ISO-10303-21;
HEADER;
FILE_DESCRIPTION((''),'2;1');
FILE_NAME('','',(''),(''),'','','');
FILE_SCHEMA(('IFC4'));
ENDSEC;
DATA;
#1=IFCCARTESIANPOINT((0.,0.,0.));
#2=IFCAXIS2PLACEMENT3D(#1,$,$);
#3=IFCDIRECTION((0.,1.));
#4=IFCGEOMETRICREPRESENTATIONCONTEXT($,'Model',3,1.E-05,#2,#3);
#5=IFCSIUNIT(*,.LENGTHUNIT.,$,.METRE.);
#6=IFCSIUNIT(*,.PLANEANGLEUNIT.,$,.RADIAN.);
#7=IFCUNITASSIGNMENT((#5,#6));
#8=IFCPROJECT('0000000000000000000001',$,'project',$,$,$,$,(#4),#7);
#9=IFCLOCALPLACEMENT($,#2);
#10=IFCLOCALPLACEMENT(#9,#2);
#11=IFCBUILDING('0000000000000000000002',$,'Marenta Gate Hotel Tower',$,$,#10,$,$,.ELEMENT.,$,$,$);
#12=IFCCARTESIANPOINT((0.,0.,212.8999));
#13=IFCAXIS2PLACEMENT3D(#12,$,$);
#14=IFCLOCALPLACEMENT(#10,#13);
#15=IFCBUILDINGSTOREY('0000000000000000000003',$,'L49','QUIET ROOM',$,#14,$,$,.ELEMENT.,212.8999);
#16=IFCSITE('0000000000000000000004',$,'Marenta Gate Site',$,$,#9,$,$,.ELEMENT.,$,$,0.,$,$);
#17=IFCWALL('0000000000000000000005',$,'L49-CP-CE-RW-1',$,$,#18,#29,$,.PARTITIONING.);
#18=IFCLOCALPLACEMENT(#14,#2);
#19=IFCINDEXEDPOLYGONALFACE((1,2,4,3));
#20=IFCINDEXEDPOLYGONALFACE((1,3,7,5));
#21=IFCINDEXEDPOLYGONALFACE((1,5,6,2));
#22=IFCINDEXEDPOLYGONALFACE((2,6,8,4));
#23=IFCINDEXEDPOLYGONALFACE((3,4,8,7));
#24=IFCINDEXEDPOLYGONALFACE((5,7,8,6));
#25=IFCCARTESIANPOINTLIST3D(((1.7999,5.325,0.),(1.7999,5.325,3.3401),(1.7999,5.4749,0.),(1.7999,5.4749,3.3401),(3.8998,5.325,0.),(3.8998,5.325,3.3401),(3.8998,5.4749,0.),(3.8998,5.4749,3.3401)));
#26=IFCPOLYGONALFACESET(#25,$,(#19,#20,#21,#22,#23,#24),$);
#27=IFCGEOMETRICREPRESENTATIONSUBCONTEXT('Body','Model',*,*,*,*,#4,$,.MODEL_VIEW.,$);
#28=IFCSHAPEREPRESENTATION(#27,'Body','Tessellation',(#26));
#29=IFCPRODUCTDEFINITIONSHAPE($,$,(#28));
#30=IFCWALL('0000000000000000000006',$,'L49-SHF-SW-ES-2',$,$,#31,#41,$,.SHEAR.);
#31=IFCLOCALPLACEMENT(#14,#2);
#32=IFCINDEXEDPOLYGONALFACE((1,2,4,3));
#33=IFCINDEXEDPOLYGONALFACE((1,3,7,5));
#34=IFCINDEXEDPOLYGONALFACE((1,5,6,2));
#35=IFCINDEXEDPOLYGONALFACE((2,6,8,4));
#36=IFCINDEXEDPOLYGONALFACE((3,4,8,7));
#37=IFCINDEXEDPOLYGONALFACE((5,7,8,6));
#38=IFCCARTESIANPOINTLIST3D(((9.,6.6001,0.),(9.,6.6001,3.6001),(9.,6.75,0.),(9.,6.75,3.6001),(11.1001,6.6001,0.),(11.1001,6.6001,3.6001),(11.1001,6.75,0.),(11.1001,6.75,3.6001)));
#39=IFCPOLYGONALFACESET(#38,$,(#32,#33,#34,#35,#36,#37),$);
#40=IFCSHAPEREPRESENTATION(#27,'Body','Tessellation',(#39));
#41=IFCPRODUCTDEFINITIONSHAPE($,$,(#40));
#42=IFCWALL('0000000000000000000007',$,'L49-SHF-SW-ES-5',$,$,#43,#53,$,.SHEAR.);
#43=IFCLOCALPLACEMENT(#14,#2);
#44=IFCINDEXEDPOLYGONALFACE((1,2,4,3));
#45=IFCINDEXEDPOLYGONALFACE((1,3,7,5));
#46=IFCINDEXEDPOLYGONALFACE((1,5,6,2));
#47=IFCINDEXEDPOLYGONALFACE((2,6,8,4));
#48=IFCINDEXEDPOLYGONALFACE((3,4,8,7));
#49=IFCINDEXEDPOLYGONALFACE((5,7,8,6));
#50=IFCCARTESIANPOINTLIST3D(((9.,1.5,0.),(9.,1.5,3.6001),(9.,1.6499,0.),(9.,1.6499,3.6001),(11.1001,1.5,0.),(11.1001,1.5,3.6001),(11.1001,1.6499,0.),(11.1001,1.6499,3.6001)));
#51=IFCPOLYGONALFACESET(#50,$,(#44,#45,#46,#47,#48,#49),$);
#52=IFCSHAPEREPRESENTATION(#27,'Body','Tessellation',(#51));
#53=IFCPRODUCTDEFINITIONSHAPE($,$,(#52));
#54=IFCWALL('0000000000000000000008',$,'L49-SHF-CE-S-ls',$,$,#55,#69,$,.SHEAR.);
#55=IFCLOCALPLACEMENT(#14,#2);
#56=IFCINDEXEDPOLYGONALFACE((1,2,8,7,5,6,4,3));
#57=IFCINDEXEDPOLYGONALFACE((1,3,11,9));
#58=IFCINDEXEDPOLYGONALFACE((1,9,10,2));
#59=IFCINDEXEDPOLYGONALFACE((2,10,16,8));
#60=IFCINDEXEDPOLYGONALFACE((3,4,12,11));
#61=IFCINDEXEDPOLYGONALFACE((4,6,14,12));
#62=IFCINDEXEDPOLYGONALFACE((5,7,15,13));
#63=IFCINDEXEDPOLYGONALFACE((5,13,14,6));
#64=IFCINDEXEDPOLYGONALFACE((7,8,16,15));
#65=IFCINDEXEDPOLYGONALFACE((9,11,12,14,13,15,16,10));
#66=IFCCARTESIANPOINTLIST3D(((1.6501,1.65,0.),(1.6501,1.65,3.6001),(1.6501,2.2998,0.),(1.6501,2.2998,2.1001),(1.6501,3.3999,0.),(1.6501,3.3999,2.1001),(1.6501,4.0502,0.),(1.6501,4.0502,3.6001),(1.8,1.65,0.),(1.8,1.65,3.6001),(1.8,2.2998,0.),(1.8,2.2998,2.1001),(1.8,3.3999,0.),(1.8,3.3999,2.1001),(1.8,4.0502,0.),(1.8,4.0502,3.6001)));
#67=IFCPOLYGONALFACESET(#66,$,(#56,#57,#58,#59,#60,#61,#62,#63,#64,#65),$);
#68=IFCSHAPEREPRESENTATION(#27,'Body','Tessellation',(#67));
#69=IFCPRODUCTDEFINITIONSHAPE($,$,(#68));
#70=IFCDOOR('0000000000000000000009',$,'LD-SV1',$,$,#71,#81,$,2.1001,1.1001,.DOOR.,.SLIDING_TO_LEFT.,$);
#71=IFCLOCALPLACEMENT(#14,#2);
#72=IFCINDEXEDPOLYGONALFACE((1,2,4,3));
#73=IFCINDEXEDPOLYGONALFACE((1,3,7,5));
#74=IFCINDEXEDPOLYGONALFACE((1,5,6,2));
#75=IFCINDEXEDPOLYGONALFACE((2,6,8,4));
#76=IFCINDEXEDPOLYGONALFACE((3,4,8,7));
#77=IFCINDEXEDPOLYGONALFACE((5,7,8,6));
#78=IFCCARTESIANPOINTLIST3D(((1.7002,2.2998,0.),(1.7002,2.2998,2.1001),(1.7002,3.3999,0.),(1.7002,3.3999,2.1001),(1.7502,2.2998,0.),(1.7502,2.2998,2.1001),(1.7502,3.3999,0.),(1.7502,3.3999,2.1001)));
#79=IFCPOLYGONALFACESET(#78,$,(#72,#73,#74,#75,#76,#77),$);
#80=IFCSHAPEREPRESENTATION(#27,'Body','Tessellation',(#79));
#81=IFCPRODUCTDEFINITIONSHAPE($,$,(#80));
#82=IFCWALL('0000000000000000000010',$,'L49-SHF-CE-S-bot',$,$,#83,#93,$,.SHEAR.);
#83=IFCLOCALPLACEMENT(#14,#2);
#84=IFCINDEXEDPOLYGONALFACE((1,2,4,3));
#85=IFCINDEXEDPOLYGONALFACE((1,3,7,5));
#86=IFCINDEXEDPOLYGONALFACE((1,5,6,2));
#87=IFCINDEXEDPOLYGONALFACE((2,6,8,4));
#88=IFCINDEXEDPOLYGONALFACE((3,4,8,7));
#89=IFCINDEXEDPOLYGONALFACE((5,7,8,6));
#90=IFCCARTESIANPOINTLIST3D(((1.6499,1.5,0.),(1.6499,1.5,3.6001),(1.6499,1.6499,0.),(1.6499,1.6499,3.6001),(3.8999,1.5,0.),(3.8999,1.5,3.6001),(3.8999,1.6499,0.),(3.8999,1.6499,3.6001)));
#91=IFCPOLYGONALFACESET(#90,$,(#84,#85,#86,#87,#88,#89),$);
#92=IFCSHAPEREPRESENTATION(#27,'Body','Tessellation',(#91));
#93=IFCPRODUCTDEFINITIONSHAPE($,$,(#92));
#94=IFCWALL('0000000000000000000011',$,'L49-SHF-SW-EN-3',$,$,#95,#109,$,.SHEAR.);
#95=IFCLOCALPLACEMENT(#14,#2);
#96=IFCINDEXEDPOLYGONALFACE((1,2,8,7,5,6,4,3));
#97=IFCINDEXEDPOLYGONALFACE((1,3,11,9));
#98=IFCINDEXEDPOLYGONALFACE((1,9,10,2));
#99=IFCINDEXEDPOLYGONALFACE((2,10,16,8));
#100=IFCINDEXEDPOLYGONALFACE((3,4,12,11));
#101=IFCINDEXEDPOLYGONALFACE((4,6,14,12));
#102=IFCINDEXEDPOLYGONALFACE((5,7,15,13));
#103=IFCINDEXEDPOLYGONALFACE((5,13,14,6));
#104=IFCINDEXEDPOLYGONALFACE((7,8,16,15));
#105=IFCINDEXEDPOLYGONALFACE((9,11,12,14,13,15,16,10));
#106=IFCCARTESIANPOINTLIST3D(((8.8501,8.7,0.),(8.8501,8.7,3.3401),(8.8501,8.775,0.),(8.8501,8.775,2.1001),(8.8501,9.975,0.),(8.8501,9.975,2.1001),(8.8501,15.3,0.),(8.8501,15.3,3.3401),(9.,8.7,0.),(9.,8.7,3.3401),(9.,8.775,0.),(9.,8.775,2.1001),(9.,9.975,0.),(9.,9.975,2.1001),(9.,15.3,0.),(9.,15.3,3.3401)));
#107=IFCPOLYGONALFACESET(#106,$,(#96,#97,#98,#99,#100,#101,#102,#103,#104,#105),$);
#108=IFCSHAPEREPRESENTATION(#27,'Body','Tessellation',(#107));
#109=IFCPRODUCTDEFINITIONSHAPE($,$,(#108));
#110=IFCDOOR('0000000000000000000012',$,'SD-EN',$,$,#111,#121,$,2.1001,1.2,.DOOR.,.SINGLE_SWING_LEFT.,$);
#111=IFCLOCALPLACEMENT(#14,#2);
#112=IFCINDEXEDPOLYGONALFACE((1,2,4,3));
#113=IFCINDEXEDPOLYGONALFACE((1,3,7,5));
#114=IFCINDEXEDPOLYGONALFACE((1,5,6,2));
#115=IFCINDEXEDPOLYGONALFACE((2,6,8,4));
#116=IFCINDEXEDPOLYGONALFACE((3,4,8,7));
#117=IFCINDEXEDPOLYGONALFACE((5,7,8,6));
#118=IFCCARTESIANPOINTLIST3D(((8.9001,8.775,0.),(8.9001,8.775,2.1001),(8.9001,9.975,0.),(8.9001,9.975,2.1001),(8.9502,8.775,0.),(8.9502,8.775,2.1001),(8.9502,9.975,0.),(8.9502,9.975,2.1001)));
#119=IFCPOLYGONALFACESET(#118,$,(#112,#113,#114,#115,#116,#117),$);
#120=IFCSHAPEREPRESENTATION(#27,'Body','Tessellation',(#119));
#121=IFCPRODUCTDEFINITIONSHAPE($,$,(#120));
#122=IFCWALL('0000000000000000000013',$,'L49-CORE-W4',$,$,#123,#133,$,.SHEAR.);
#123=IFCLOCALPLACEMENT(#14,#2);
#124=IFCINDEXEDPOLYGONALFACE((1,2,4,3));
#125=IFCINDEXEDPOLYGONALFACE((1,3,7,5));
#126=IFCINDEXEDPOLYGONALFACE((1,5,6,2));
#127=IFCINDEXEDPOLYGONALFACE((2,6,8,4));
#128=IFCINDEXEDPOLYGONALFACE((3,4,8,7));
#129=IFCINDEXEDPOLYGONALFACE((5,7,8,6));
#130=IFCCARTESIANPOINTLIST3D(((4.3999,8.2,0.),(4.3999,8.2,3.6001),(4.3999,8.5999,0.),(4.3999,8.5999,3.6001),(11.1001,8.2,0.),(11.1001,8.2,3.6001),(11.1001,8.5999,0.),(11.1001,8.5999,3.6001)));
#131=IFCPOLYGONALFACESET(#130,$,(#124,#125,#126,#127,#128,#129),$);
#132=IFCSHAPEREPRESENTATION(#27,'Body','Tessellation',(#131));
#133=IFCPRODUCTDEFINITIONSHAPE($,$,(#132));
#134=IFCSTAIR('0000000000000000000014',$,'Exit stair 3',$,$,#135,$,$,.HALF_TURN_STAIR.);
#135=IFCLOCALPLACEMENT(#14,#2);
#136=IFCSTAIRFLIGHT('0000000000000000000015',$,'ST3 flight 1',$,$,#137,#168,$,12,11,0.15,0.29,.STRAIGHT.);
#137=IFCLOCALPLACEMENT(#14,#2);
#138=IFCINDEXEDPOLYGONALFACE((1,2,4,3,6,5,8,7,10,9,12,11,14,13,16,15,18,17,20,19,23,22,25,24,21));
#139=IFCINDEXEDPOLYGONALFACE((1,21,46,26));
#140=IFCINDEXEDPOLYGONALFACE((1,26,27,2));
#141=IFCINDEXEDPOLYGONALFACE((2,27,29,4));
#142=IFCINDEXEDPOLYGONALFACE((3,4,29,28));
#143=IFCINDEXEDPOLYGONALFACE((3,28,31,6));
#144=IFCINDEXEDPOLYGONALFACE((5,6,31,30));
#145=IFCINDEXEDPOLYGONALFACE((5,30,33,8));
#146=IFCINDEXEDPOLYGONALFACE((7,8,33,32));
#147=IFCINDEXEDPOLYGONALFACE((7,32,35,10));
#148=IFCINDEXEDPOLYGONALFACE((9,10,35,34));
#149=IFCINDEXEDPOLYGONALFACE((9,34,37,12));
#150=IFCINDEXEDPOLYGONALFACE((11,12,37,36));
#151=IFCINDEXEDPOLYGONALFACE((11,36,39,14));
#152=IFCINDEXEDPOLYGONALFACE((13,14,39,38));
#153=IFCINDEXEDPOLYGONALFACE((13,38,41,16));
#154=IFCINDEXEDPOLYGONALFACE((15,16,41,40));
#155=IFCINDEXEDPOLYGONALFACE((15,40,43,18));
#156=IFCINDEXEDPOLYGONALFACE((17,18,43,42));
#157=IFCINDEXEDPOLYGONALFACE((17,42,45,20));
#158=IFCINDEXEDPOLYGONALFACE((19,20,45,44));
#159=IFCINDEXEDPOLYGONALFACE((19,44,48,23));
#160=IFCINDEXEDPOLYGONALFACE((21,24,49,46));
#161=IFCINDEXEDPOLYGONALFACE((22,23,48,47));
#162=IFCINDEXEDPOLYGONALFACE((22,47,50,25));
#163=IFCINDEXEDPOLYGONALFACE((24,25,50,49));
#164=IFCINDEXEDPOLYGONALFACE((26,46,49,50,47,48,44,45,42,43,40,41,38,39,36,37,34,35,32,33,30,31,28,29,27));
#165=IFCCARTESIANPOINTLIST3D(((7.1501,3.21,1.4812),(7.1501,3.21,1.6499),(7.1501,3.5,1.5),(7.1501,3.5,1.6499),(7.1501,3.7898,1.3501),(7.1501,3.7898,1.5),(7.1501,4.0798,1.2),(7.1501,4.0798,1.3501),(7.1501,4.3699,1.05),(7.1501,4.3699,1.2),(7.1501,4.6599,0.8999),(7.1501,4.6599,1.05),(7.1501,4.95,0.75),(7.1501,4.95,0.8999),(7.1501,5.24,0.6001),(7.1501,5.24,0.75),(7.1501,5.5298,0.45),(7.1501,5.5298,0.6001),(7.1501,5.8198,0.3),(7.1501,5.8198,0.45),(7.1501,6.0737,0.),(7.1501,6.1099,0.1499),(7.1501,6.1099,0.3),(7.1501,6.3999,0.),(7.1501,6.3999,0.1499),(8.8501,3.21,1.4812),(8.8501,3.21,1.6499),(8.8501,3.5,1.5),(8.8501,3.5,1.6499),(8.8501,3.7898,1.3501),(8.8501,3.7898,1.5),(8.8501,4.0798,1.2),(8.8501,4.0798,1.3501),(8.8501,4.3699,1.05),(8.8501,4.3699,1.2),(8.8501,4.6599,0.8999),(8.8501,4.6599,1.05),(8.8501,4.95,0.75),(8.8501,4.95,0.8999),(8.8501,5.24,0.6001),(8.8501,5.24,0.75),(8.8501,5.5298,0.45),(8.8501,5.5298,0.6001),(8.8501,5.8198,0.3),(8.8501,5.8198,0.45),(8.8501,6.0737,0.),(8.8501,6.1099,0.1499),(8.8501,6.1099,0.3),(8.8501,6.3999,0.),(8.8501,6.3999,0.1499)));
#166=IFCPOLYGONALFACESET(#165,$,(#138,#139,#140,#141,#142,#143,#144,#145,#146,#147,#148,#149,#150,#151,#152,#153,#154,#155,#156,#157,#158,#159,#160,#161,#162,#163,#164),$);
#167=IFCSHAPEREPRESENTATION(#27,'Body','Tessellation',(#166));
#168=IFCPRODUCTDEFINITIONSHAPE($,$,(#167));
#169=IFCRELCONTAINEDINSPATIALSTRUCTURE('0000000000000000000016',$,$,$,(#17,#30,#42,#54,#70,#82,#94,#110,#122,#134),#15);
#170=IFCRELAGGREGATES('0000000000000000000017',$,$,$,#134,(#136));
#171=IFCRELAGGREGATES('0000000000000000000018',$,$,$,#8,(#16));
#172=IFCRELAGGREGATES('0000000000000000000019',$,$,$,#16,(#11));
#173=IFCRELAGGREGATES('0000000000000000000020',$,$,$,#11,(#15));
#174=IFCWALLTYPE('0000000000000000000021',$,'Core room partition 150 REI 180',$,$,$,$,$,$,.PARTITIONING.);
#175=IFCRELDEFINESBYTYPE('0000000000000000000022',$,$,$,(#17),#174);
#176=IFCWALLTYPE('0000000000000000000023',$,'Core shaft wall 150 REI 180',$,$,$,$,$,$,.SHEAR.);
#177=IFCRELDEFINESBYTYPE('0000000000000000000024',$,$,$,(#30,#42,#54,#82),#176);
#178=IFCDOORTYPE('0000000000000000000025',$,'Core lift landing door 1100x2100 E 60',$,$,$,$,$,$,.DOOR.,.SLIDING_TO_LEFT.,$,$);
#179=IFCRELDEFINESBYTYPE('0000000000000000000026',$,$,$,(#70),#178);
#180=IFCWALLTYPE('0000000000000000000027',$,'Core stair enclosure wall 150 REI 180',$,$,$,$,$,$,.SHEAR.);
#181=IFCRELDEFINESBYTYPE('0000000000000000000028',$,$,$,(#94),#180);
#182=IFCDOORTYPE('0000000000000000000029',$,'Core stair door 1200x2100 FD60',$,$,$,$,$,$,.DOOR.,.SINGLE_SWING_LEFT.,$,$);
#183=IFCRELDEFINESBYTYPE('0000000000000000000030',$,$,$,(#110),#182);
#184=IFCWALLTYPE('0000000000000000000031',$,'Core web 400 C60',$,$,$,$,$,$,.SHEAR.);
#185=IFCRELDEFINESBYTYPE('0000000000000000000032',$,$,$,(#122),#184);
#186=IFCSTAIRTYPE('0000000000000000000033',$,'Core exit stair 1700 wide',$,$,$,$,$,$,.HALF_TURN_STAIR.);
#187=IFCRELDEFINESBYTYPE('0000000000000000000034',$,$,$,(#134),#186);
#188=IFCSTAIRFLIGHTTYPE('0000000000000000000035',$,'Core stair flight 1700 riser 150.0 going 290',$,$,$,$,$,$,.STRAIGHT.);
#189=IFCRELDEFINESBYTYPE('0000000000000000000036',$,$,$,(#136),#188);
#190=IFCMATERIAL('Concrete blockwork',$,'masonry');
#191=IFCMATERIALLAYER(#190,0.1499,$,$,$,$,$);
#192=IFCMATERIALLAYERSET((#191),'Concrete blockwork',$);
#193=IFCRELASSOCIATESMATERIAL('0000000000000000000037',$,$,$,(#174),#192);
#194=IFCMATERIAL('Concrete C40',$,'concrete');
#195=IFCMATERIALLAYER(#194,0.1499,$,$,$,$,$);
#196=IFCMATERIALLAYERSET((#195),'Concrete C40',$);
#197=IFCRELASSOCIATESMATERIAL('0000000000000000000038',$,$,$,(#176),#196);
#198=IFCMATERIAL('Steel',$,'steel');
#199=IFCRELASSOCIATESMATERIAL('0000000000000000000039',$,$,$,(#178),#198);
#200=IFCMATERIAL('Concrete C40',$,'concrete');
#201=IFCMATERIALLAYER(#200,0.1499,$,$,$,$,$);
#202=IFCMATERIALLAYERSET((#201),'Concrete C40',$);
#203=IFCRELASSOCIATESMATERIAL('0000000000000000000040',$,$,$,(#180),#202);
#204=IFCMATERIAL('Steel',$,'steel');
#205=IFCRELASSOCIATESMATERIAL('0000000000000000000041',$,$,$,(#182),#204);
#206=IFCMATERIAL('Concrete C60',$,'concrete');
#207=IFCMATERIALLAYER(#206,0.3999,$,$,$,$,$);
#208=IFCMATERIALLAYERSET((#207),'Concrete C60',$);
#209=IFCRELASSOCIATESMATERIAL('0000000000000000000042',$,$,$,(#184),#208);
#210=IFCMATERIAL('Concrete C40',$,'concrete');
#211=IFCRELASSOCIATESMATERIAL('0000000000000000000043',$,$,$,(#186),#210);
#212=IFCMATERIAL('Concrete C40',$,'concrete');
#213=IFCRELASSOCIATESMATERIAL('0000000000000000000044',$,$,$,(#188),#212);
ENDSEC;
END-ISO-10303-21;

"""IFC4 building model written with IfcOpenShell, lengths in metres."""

from ifc_helpers import new_model, si_unit, direction, frame, frame_2d, origin, place, context, subcontext, project, spatial, polyline, rectangle, outline, extrude, material, layer, layer_set, type_object, element, fill, aggregate, save


model = new_model("IFC4")

# Units and contexts
model_context = context("Model", 3, precision=1e-05, world=origin(), true_north=direction((0.0, 1.0)))
body_context = subcontext(model_context, "Body", "Model", "MODEL_VIEW")
ifc_project = project(units=[si_unit("LENGTHUNIT", "METRE"), si_unit("PLANEANGLEUNIT", "RADIAN")], contexts=[model_context])

# Site, building, storey
site_placement = place(None, origin())
site = spatial("IfcSite", under=ifc_project, at=site_placement, Name="Marenta Gate Site", CompositionType="ELEMENT", RefElevation=0.0)
building_placement = place(site_placement, origin())
building = spatial("IfcBuilding", under=site, at=building_placement, Name="Marenta Gate Hotel Tower", CompositionType="ELEMENT")
storey_placement = place(building_placement, frame((0.0, 0.0, 212.8999)))
storey = spatial("IfcBuildingStorey", under=building, at=storey_placement, Name="L49", Description="QUIET ROOM", CompositionType="ELEMENT", Elevation=212.8999)

# Shared definitions
ifc_material_1 = material(Name="Concrete blockwork", Category="masonry")
ifc_layer_1 = layer(ifc_material_1, 0.1499)
ifc_layer_set_1 = layer_set([ifc_layer_1], Name="Concrete blockwork")
wall_type_1 = type_object("IfcWallType", Name="Core room partition 150 REI 180", PredefinedType="PARTITIONING", material=ifc_layer_set_1)

# Walls
wall_1_placement = place(storey_placement, frame((1.8, 5.3999, 0.0), z_axis=(0.0, 0.0, 1.0), x_axis=(1.0, 0.0, 0.0)))
element("IfcWall", 1, at=wall_1_placement, inside=storey, type_object=wall_type_1, Name="L49-CP-CE-RW-1", PredefinedType="PARTITIONING", context=body_context, shape_type="SweptSolid", body=[
    extrude(rectangle(XDim=2.0999, YDim=0.1499, at=frame_2d((1.0498, 0.0))), origin(), (0.0, 0.0, 1.0), 3.3401),
])
ifc_material_2 = material(Name="Concrete C40", Category="concrete")
ifc_layer_2 = layer(ifc_material_2, 0.1499)
ifc_layer_set_2 = layer_set([ifc_layer_2], Name="Concrete C40")
wall_type_2 = type_object("IfcWallType", Name="Core shaft wall 150 REI 180", PredefinedType="SHEAR", material=ifc_layer_set_2)
for number, where, z_axis, x_axis, name in (
    (2, (9.0, 6.675, 0.0), (0.0, 0.0, 1.0), (1.0, 0.0, 0.0), "L49-SHF-SW-ES-2"),
    (3, (9.0, 1.575, 0.0), (0.0, 0.0, 1.0), (1.0, 0.0, 0.0), "L49-SHF-SW-ES-5"),
):
    element("IfcWall", number, at=place(storey_placement, frame(where, z_axis=z_axis, x_axis=x_axis)), inside=storey, type_object=wall_type_2, Name=name, PredefinedType="SHEAR", context=body_context, shape_type="SweptSolid", body=[
        extrude(rectangle(XDim=2.1001, YDim=0.1499, at=frame_2d((1.05, 0.0))), origin(), (0.0, 0.0, 1.0), 3.6001),
    ])

# Wall, opening, door
wall_2_placement = place(storey_placement, frame((1.7251, 1.6499, 0.0), z_axis=(0.0, 0.0, 1.0), x_axis=(0.0, 1.0, 0.0)))
wall_2 = element("IfcWall", 4, at=wall_2_placement, inside=storey, type_object=wall_type_2, Name="L49-SHF-CE-S-ls", PredefinedType="SHEAR", context=body_context, shape_type="SweptSolid", body=[
    extrude(rectangle(XDim=2.4001, YDim=0.1499, at=frame_2d((1.2002, 0.0))), origin(), (0.0, 0.0, 1.0), 3.6001),
])
opening_1_placement = place(wall_2_placement, frame((0.6499, 0.0, 0.0)))
opening_1 = element("IfcOpeningElement", 5, at=opening_1_placement, cuts=wall_2, PredefinedType="OPENING", context=body_context, shape_type="SweptSolid", body=[
    extrude(rectangle(XDim=1.1001, YDim=2.1001, at=frame_2d((0.55, 1.05))), frame((0.0, 0.075, 0.0), z_axis=(0.0, -1.0, 0.0), x_axis=(1.0, 0.0, 0.0)), (0.0, 0.0, 1.0), 0.1499),
])
ifc_material_3 = material(Name="Steel", Category="steel")
door_type_1 = type_object("IfcDoorType", Name="Core lift landing door 1100x2100 E 60", OperationType="SLIDING_TO_LEFT", PredefinedType="DOOR", material=ifc_material_3)
door_1_placement = place(opening_1_placement, origin())
door_1 = element("IfcDoor", 6, at=door_1_placement, inside=storey, type_object=door_type_1, Name="LD-SV1", OperationType="SLIDING_TO_LEFT", OverallHeight=2.1001, OverallWidth=1.1001, PredefinedType="DOOR", context=body_context, shape_type="SweptSolid", body=[
    extrude(rectangle(XDim=1.1001, YDim=2.1001, at=frame_2d((0.55, 1.05))), frame((0.0, 0.0249, 0.0), z_axis=(0.0, -1.0, 0.0), x_axis=(1.0, 0.0, 0.0)), (0.0, 0.0, 1.0), 0.05),
])
fill(opening_1, door_1)

# Wall
wall_3_placement = place(storey_placement, frame((1.6499, 1.575, 0.0), z_axis=(0.0, 0.0, 1.0), x_axis=(1.0, 0.0, 0.0)))
element("IfcWall", 7, at=wall_3_placement, inside=storey, type_object=wall_type_2, Name="L49-SHF-CE-S-bot", PredefinedType="SHEAR", context=body_context, shape_type="SweptSolid", body=[
    extrude(rectangle(XDim=2.25, YDim=0.1499, at=frame_2d((1.125, 0.0))), origin(), (0.0, 0.0, 1.0), 3.6001),
])

# Wall, opening, door
ifc_material_4 = material(Name="Concrete C40", Category="concrete")
ifc_layer_3 = layer(ifc_material_4, 0.1499)
ifc_layer_set_3 = layer_set([ifc_layer_3], Name="Concrete C40")
wall_type_3 = type_object("IfcWallType", Name="Core stair enclosure wall 150 REI 180", PredefinedType="SHEAR", material=ifc_layer_set_3)
wall_4_placement = place(storey_placement, frame((8.925, 8.7, 0.0), z_axis=(0.0, 0.0, 1.0), x_axis=(0.0, 1.0, 0.0)))
wall_4 = element("IfcWall", 8, at=wall_4_placement, inside=storey, type_object=wall_type_3, Name="L49-SHF-SW-EN-3", PredefinedType="SHEAR", context=body_context, shape_type="SweptSolid", body=[
    extrude(rectangle(XDim=6.6001, YDim=0.1499, at=frame_2d((3.3, 0.0))), origin(), (0.0, 0.0, 1.0), 3.3401),
])
opening_2_placement = place(wall_4_placement, frame((0.075, 0.0, 0.0)))
opening_2 = element("IfcOpeningElement", 9, at=opening_2_placement, cuts=wall_4, PredefinedType="OPENING", context=body_context, shape_type="SweptSolid", body=[
    extrude(rectangle(XDim=1.2, YDim=2.1001, at=frame_2d((0.6001, 1.05))), frame((0.0, 0.075, 0.0), z_axis=(0.0, -1.0, 0.0), x_axis=(1.0, 0.0, 0.0)), (0.0, 0.0, 1.0), 0.1499),
])
ifc_material_5 = material(Name="Steel", Category="steel")
door_type_2 = type_object("IfcDoorType", Name="Core stair door 1200x2100 FD60", OperationType="SINGLE_SWING_LEFT", PredefinedType="DOOR", material=ifc_material_5)
door_2_placement = place(opening_2_placement, origin())
door_2 = element("IfcDoor", 10, at=door_2_placement, inside=storey, type_object=door_type_2, Name="SD-EN", OperationType="SINGLE_SWING_LEFT", OverallHeight=2.1001, OverallWidth=1.2, PredefinedType="DOOR", context=body_context, shape_type="SweptSolid", body=[
    extrude(rectangle(XDim=1.2, YDim=2.1001, at=frame_2d((0.6001, 1.05))), frame((0.0, 0.0249, 0.0), z_axis=(0.0, -1.0, 0.0), x_axis=(1.0, 0.0, 0.0)), (0.0, 0.0, 1.0), 0.05),
])
fill(opening_2, door_2)

# Wall
ifc_material_6 = material(Name="Concrete C60", Category="concrete")
ifc_layer_4 = layer(ifc_material_6, 0.3999)
ifc_layer_set_4 = layer_set([ifc_layer_4], Name="Concrete C60")
wall_type_4 = type_object("IfcWallType", Name="Core web 400 C60", PredefinedType="SHEAR", material=ifc_layer_set_4)
wall_5_placement = place(storey_placement, frame((4.3999, 8.3999, 0.0), z_axis=(0.0, 0.0, 1.0), x_axis=(1.0, 0.0, 0.0)))
element("IfcWall", 11, at=wall_5_placement, inside=storey, type_object=wall_type_4, Name="L49-CORE-W4", PredefinedType="SHEAR", context=body_context, shape_type="SweptSolid", body=[
    extrude(rectangle(XDim=6.7002, YDim=0.3999, at=frame_2d((3.3501, 0.0))), origin(), (0.0, 0.0, 1.0), 3.6001),
])

# Stair, stair flight
ifc_material_7 = material(Name="Concrete C40", Category="concrete")
stair_type = type_object("IfcStairType", Name="Core exit stair 1700 wide", PredefinedType="HALF_TURN_STAIR", material=ifc_material_7)
stair_placement = place(storey_placement, origin())
stair = element("IfcStair", 12, at=stair_placement, inside=storey, type_object=stair_type, Name="Exit stair 3", PredefinedType="HALF_TURN_STAIR")
ifc_material_8 = material(Name="Concrete C40", Category="concrete")
stair_flight_type = type_object("IfcStairFlightType", Name="Core stair flight 1700 riser 150.0 going 290", PredefinedType="STRAIGHT", material=ifc_material_8)
stair_flight_1_placement = place(storey_placement, frame((8.0, 6.3999, 0.0), z_axis=(0.0, 0.0, 1.0), x_axis=(0.0, -1.0, 0.0)))
stair_flight_1 = element("IfcStairFlight", 13, at=stair_flight_1_placement, type_object=stair_flight_type, Name="ST3 flight 1", NumberOfRisers=12, NumberOfTreads=11, PredefinedType="STRAIGHT", RiserHeight=0.15, TreadLength=0.29, context=body_context, shape_type="SweptSolid", body=[
    extrude(outline(polyline([(0.0, 0.0), (0.0, 0.1499), (0.29, 0.1499), (0.29, 0.3), (0.5801, 0.3), (0.5801, 0.45), (0.8701, 0.45), (0.8701, 0.6001), (1.1599, 0.6001), (1.1599, 0.75), (1.45, 0.75), (1.45, 0.8999), (1.74, 0.8999), (1.74, 1.05), (2.03, 1.05), (2.03, 1.2), (2.3201, 1.2), (2.3201, 1.3501), (2.6101, 1.3501), (2.6101, 1.5), (2.8999, 1.5), (2.8999, 1.6499), (3.1899, 1.6499), (3.1899, 1.8), (3.1899, 1.4812), (0.3262, 0.0), (0.0, 0.0)])), frame((0.0, 0.8501, 0.0), z_axis=(0.0, -1.0, 0.0), x_axis=(1.0, 0.0, 0.0)), (0.0, 0.0, 1.0), 1.7),
])
aggregate(stair, [stair_flight_1])

save(model, "model.ifc")
